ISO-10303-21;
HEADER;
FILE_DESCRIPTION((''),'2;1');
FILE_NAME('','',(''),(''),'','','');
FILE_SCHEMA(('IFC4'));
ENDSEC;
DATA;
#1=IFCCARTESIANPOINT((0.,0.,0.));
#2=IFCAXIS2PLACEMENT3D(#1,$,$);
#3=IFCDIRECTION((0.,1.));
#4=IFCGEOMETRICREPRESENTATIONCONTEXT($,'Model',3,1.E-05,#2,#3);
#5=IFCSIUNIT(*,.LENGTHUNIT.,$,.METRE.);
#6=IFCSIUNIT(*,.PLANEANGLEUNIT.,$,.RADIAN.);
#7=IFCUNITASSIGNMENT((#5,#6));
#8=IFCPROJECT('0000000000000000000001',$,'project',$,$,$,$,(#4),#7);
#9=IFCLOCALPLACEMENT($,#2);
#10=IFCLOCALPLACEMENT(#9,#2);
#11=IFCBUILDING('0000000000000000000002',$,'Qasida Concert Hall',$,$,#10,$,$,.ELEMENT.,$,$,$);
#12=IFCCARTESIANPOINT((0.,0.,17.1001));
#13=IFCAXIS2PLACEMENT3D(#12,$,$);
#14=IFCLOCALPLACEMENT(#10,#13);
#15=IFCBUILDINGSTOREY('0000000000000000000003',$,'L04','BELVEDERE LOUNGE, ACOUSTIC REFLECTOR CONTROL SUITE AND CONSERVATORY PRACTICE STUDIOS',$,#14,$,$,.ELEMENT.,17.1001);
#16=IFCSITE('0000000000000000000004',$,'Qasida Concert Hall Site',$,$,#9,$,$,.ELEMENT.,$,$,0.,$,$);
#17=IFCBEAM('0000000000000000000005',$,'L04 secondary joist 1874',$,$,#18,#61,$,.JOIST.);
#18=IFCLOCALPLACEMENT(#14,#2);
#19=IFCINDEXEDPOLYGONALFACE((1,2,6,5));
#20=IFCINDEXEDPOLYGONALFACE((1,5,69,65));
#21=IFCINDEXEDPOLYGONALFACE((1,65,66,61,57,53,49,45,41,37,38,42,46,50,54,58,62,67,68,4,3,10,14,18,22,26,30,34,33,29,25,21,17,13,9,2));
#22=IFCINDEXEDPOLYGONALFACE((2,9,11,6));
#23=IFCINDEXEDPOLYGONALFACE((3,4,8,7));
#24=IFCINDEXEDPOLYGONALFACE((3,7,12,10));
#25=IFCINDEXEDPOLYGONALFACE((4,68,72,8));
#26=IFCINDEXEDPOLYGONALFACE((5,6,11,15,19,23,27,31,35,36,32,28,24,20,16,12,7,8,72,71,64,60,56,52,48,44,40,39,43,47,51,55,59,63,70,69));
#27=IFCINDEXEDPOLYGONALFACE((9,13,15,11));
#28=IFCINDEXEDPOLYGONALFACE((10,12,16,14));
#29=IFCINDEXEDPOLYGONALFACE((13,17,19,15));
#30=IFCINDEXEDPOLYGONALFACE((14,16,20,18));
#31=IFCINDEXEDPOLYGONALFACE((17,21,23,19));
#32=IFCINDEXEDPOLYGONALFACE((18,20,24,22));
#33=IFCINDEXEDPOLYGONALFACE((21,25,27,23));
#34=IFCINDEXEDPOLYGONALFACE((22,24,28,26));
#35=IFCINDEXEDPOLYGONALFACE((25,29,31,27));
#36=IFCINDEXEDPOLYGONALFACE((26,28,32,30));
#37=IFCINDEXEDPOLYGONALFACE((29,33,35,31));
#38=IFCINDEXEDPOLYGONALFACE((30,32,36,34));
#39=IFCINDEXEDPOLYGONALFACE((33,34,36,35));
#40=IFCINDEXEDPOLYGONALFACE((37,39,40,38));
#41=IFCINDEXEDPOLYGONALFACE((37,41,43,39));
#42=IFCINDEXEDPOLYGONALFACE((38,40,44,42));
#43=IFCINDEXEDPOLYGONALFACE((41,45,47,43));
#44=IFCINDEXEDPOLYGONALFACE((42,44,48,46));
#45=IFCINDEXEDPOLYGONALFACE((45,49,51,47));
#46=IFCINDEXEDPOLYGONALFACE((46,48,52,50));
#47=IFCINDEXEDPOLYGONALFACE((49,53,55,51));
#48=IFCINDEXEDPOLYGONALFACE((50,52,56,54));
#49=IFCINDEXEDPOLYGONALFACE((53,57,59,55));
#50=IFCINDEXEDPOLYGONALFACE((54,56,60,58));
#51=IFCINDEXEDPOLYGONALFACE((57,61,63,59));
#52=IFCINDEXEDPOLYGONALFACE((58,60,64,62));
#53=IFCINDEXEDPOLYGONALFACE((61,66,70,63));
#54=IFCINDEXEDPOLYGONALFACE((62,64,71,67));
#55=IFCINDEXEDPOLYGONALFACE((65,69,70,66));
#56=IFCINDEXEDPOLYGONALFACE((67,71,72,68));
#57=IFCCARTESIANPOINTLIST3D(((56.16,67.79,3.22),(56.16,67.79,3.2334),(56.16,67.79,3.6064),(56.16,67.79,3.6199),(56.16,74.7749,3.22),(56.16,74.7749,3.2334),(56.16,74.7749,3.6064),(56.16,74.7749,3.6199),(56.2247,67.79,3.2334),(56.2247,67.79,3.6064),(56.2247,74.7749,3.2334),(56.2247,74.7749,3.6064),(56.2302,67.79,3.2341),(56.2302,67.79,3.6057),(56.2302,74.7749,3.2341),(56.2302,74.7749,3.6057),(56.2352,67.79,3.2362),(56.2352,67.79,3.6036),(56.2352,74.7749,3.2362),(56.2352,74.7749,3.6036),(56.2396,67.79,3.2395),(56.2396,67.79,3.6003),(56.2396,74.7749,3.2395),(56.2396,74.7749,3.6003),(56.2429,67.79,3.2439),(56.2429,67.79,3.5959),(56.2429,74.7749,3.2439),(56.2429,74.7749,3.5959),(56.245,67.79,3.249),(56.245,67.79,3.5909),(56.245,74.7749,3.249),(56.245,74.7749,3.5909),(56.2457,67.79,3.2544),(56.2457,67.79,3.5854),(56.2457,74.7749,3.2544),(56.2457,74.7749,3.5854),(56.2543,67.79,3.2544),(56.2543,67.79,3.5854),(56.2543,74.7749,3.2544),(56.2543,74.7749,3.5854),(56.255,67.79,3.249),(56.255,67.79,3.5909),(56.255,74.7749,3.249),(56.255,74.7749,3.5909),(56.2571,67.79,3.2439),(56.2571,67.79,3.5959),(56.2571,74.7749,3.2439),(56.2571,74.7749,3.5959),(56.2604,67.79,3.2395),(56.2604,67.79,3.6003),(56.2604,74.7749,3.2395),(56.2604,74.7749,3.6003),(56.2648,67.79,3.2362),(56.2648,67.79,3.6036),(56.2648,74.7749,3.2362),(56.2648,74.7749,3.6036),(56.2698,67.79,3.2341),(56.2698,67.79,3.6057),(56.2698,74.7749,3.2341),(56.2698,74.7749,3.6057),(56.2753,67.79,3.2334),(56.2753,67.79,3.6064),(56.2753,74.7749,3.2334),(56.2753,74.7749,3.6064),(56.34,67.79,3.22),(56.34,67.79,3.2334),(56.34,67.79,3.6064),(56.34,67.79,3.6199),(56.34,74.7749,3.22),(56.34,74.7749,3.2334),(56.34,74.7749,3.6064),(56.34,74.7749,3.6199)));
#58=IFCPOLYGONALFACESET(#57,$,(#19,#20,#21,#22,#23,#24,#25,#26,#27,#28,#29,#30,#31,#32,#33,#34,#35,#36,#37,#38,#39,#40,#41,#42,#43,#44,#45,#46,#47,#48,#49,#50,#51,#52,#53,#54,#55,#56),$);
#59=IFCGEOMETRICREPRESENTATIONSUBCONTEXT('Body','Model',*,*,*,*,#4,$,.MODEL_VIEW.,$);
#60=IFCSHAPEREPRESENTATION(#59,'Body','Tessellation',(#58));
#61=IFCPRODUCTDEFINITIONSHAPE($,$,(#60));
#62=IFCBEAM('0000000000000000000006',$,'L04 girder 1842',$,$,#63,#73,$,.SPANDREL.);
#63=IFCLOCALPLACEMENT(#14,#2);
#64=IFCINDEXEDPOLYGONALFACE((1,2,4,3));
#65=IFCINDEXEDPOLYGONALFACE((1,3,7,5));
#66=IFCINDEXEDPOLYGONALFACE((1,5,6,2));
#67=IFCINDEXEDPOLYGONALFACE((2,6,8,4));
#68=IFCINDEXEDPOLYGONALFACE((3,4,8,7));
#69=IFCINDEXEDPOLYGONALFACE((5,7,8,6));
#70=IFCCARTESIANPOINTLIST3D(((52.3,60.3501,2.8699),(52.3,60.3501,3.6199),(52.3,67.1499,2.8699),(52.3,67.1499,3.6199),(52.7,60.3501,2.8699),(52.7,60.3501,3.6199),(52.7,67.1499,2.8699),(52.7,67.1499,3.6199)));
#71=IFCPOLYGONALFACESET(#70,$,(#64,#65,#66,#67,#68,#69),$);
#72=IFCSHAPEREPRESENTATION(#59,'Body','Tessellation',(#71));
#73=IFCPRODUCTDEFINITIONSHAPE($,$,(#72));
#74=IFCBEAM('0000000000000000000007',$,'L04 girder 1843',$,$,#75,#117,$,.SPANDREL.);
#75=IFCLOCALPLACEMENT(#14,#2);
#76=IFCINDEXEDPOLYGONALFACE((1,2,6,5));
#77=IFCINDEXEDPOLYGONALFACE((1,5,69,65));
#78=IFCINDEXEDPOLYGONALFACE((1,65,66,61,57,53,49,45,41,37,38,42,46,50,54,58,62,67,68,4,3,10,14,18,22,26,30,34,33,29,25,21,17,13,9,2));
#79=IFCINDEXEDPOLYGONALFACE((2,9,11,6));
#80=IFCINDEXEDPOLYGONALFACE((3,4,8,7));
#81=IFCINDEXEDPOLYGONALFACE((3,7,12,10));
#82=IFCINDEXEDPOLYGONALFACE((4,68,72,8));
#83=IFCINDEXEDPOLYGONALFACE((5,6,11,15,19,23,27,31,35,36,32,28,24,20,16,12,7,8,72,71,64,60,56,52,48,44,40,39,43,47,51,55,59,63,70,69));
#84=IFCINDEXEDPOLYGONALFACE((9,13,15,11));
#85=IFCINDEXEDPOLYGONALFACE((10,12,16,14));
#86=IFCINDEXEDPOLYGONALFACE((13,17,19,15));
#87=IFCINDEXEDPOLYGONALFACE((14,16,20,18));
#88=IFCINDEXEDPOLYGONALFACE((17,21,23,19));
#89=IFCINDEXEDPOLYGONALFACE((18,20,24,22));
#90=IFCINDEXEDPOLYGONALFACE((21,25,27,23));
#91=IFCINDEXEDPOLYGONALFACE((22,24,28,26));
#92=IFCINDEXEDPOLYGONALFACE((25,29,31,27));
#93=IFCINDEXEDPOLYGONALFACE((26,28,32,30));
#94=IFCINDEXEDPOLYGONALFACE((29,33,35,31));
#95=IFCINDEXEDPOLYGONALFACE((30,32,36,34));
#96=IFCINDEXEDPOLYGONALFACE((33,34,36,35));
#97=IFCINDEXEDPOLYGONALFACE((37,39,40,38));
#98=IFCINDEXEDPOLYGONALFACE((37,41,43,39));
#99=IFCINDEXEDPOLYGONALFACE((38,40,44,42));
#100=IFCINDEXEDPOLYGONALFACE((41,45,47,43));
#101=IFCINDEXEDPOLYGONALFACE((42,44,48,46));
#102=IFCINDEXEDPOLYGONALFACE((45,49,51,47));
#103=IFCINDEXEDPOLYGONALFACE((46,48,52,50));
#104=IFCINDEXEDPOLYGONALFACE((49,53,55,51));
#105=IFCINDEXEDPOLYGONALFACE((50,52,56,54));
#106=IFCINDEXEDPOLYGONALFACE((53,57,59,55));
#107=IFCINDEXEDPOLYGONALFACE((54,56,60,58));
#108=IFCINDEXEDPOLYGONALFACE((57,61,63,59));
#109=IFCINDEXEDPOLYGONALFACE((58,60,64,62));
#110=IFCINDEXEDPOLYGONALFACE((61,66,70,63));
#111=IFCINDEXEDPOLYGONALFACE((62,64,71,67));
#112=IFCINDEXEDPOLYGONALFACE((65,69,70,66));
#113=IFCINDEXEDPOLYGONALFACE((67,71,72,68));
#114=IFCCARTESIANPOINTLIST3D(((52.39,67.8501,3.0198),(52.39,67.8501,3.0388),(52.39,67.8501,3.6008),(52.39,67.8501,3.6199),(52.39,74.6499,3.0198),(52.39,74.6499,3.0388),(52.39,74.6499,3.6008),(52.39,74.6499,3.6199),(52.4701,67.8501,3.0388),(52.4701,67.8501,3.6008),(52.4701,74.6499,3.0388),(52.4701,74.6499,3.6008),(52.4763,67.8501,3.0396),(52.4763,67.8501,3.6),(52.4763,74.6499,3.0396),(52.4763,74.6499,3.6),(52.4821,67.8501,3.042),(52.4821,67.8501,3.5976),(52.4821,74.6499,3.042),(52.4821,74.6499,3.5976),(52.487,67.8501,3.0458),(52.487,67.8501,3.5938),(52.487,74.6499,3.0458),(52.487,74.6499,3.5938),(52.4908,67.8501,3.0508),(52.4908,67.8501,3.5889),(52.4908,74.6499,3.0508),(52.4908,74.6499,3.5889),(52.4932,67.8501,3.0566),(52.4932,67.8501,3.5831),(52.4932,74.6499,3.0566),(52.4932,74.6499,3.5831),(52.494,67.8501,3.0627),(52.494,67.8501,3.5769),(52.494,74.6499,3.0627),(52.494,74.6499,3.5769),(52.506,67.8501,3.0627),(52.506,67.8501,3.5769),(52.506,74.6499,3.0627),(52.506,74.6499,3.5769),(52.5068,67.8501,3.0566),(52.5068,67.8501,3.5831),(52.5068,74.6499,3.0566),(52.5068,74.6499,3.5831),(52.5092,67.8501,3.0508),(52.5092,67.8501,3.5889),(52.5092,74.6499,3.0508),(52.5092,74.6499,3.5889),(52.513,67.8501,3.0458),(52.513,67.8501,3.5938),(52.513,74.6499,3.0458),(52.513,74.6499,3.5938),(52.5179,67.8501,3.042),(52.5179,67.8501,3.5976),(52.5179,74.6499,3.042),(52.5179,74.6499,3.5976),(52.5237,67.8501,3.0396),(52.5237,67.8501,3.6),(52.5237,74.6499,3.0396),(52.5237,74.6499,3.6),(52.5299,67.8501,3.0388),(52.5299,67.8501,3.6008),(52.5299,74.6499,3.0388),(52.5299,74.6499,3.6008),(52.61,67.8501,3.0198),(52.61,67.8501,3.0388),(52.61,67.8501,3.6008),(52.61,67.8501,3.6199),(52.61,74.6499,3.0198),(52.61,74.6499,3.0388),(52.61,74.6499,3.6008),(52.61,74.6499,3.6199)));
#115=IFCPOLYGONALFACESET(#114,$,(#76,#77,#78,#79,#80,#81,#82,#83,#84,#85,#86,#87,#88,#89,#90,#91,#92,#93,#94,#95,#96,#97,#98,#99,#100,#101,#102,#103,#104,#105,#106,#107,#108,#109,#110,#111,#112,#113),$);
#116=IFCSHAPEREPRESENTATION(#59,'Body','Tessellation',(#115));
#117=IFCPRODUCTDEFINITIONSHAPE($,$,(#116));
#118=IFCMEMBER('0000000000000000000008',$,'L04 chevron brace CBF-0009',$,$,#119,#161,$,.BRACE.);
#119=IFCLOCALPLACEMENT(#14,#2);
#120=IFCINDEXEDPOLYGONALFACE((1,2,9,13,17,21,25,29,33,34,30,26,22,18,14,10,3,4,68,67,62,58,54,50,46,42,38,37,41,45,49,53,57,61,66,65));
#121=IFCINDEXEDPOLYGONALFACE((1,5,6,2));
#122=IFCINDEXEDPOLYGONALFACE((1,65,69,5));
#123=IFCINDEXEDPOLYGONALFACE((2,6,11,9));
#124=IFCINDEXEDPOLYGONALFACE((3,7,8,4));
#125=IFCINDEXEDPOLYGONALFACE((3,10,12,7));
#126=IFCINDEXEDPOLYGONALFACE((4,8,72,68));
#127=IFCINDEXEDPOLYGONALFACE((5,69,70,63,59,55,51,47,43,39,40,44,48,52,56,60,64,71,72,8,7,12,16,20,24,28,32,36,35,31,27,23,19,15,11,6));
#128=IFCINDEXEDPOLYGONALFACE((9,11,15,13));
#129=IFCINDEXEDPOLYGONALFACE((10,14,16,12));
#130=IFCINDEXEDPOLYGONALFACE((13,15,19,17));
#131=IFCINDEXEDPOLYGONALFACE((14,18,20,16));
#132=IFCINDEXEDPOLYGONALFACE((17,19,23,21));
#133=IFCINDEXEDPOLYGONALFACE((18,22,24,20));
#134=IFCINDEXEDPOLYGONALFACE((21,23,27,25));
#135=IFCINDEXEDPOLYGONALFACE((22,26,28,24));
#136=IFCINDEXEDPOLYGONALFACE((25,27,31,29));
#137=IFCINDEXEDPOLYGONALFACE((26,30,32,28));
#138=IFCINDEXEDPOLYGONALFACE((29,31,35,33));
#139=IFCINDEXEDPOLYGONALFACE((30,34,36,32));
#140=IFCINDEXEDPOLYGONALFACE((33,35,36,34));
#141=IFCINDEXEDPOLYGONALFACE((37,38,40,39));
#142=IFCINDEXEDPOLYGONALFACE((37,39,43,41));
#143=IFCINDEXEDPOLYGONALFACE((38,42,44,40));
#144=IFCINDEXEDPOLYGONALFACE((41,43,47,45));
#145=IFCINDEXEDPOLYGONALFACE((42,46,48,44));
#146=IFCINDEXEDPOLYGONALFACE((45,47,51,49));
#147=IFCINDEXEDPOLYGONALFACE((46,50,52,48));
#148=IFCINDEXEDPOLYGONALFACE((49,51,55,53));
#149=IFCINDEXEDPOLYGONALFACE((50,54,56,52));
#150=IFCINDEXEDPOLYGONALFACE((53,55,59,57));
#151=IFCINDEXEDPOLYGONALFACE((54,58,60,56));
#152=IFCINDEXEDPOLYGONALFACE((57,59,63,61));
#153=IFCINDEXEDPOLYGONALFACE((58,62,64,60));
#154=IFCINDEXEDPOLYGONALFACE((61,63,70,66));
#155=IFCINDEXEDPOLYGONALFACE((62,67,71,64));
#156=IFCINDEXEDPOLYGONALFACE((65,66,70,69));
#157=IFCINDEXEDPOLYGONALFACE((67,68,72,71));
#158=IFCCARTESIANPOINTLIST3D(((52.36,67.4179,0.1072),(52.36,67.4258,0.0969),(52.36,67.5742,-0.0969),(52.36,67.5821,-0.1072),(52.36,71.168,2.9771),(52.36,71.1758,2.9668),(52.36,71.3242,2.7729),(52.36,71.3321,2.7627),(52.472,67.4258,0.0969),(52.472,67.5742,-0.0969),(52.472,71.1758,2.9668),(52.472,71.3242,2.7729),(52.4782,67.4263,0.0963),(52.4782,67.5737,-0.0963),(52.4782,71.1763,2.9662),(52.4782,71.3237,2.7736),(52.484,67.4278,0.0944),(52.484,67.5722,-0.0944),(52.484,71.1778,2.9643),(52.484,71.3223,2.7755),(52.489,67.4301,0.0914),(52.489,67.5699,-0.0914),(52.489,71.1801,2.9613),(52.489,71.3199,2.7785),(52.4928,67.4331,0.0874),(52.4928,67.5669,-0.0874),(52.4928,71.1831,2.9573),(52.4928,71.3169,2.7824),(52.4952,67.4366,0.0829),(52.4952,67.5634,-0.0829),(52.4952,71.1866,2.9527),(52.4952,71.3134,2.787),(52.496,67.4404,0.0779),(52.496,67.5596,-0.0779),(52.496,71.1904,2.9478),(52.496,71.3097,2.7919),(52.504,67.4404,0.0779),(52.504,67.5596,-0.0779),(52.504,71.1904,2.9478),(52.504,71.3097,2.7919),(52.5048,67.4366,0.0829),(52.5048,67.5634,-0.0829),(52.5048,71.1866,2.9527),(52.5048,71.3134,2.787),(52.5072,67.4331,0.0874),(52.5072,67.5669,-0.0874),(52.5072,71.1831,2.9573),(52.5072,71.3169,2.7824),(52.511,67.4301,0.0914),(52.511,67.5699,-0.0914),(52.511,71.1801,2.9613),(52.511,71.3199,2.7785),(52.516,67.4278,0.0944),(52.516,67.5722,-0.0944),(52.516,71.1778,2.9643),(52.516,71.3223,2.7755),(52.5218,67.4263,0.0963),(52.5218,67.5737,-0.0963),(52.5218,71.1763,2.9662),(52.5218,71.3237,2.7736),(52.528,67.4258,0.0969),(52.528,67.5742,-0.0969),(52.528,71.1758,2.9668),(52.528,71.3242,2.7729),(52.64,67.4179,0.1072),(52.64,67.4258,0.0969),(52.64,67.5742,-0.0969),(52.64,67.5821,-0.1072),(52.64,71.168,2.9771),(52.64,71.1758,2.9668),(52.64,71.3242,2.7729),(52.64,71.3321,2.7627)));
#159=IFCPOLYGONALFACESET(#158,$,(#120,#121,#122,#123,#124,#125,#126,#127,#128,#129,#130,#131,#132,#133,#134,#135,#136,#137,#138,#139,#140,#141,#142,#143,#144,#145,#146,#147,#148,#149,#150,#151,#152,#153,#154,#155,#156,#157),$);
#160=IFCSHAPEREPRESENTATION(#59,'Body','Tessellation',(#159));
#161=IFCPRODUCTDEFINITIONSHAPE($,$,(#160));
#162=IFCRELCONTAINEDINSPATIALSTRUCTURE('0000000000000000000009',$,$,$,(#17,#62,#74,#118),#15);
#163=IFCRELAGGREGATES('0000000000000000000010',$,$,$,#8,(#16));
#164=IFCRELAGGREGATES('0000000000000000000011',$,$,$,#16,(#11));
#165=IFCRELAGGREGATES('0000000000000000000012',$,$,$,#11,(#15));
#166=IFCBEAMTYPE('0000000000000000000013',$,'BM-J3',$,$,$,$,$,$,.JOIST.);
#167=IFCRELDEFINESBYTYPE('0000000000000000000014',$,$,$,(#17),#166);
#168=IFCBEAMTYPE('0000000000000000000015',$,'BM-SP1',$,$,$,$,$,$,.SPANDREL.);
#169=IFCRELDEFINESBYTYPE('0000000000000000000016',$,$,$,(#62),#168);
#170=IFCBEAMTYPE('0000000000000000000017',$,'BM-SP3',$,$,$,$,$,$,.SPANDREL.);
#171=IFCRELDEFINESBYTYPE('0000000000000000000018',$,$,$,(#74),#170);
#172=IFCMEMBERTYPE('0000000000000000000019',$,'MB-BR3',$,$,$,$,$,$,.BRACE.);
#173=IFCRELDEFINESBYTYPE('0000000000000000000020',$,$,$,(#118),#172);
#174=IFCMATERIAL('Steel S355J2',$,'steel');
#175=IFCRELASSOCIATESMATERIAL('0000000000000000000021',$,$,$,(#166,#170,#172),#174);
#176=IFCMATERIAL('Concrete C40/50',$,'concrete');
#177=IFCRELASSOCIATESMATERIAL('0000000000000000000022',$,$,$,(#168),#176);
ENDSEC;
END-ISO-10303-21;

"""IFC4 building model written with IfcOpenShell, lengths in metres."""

from ifc_helpers import new_model, si_unit, direction, frame, origin, origin_2d, place, context, subcontext, project, spatial, rectangle, i_section, extrude, material, material_profile, profile_set, type_object, element, save


model = new_model("IFC4")

# Units and contexts
model_context = context("Model", 3, precision=1e-05, world=origin(), true_north=direction((0.0, 1.0)))
body_context = subcontext(model_context, "Body", "Model", "MODEL_VIEW")
ifc_project = project(units=[si_unit("LENGTHUNIT", "METRE"), si_unit("PLANEANGLEUNIT", "RADIAN")], contexts=[model_context])

# Site, building, storey
site_placement = place(None, origin())
site = spatial("IfcSite", under=ifc_project, at=site_placement, Name="Qasida Concert Hall Site", CompositionType="ELEMENT", RefElevation=0.0)
building_placement = place(site_placement, origin())
building = spatial("IfcBuilding", under=site, at=building_placement, Name="Qasida Concert Hall", CompositionType="ELEMENT")
storey_placement = place(building_placement, frame((0.0, 0.0, 17.1001)))
storey = spatial("IfcBuildingStorey", under=building, at=storey_placement, Name="L04", Description="BELVEDERE LOUNGE, ACOUSTIC REFLECTOR CONTROL SUITE AND CONSERVATORY PRACTICE STUDIOS", CompositionType="ELEMENT", Elevation=17.1001)

# Beams
ifc_material_1 = material(Name="Concrete C40/50", Category="concrete")
ifc_material_2 = material(Name="Steel S355J2", Category="steel")
ifc_material_profile_1 = material_profile(ifc_material_2, i_section(OverallWidth=0.1799, OverallDepth=0.3999, WebThickness=0.0085, FlangeThickness=0.0134, FilletRadius=0.021, at=origin_2d()), Name="IPE 400")
ifc_profile_set_1 = profile_set([ifc_material_profile_1], Name="Steel S355J2")
beam_type_1 = type_object("IfcBeamType", Name="BM-J3", PredefinedType="JOIST", material=ifc_profile_set_1)
beam_1_placement = place(storey_placement, frame((56.25, 67.79, 3.4199), z_axis=(0.0, 1.0, 0.0), x_axis=(-1.0, 0.0, 0.0)))
element("IfcBeam", 1, at=beam_1_placement, inside=storey, type_object=beam_type_1, Name="L04 secondary joist 1874", PredefinedType="JOIST", context=body_context, shape_type="SweptSolid", body=[
    extrude(i_section(OverallWidth=0.1799, OverallDepth=0.3999, WebThickness=0.0085, FlangeThickness=0.0134, FilletRadius=0.021, at=origin_2d()), origin(), (0.0, 0.0, 1.0), 6.9849),
])
ifc_material_profile_2 = material_profile(ifc_material_1, rectangle(XDim=0.3999, YDim=0.75, at=origin_2d()), Name="RC 400x750")
ifc_profile_set_2 = profile_set([ifc_material_profile_2], Name="Concrete C40/50")
beam_type_2 = type_object("IfcBeamType", Name="BM-SP1", PredefinedType="SPANDREL", material=ifc_profile_set_2)
beam_2_placement = place(storey_placement, frame((52.5, 60.3501, 3.2449), z_axis=(0.0, 1.0, 0.0), x_axis=(-1.0, 0.0, 0.0)))
element("IfcBeam", 2, at=beam_2_placement, inside=storey, type_object=beam_type_2, Name="L04 girder 1842", PredefinedType="SPANDREL", context=body_context, shape_type="SweptSolid", body=[
    extrude(rectangle(XDim=0.3999, YDim=0.75, at=origin_2d()), origin(), (0.0, 0.0, 1.0), 6.7998),
])
ifc_material_profile_3 = material_profile(ifc_material_2, i_section(OverallWidth=0.22, OverallDepth=0.6001, WebThickness=0.012, FlangeThickness=0.019, FilletRadius=0.0239, at=origin_2d()), Name="IPE 600")
ifc_profile_set_3 = profile_set([ifc_material_profile_3], Name="Steel S355J2")
beam_type_3 = type_object("IfcBeamType", Name="BM-SP3", PredefinedType="SPANDREL", material=ifc_profile_set_3)
beam_3_placement = place(storey_placement, frame((52.5, 67.8501, 3.3198), z_axis=(0.0, 1.0, 0.0), x_axis=(-1.0, 0.0, 0.0)))
element("IfcBeam", 3, at=beam_3_placement, inside=storey, type_object=beam_type_3, Name="L04 girder 1843", PredefinedType="SPANDREL", context=body_context, shape_type="SweptSolid", body=[
    extrude(i_section(OverallWidth=0.22, OverallDepth=0.6001, WebThickness=0.012, FlangeThickness=0.019, FilletRadius=0.0239, at=origin_2d()), origin(), (0.0, 0.0, 1.0), 6.7998),
])

# Member
ifc_material_profile_4 = material_profile(ifc_material_2, i_section(OverallWidth=0.28, OverallDepth=0.27, WebThickness=0.0081, FlangeThickness=0.0129, FilletRadius=0.0239, at=origin_2d()), Name="HEA 280")
ifc_profile_set_4 = profile_set([ifc_material_profile_4], Name="Steel S355J2")
member_type_1 = type_object("IfcMemberType", Name="MB-BR3", PredefinedType="BRACE", material=ifc_profile_set_4)
member_1_placement = place(storey_placement, frame((52.5, 67.5, 0.0), z_axis=(0.0, 0.79413, 0.607748), x_axis=(-1.0, 0.0, 0.0)))
element("IfcMember", 4, at=member_1_placement, inside=storey, type_object=member_type_1, Name="L04 chevron brace CBF-0009", PredefinedType="BRACE", context=body_context, shape_type="SweptSolid", body=[
    extrude(i_section(OverallWidth=0.28, OverallDepth=0.27, WebThickness=0.0081, FlangeThickness=0.0129, FilletRadius=0.0239, at=origin_2d()), origin(), (0.0, 0.0, 1.0), 4.7222),
])

save(model, "model.ifc")
